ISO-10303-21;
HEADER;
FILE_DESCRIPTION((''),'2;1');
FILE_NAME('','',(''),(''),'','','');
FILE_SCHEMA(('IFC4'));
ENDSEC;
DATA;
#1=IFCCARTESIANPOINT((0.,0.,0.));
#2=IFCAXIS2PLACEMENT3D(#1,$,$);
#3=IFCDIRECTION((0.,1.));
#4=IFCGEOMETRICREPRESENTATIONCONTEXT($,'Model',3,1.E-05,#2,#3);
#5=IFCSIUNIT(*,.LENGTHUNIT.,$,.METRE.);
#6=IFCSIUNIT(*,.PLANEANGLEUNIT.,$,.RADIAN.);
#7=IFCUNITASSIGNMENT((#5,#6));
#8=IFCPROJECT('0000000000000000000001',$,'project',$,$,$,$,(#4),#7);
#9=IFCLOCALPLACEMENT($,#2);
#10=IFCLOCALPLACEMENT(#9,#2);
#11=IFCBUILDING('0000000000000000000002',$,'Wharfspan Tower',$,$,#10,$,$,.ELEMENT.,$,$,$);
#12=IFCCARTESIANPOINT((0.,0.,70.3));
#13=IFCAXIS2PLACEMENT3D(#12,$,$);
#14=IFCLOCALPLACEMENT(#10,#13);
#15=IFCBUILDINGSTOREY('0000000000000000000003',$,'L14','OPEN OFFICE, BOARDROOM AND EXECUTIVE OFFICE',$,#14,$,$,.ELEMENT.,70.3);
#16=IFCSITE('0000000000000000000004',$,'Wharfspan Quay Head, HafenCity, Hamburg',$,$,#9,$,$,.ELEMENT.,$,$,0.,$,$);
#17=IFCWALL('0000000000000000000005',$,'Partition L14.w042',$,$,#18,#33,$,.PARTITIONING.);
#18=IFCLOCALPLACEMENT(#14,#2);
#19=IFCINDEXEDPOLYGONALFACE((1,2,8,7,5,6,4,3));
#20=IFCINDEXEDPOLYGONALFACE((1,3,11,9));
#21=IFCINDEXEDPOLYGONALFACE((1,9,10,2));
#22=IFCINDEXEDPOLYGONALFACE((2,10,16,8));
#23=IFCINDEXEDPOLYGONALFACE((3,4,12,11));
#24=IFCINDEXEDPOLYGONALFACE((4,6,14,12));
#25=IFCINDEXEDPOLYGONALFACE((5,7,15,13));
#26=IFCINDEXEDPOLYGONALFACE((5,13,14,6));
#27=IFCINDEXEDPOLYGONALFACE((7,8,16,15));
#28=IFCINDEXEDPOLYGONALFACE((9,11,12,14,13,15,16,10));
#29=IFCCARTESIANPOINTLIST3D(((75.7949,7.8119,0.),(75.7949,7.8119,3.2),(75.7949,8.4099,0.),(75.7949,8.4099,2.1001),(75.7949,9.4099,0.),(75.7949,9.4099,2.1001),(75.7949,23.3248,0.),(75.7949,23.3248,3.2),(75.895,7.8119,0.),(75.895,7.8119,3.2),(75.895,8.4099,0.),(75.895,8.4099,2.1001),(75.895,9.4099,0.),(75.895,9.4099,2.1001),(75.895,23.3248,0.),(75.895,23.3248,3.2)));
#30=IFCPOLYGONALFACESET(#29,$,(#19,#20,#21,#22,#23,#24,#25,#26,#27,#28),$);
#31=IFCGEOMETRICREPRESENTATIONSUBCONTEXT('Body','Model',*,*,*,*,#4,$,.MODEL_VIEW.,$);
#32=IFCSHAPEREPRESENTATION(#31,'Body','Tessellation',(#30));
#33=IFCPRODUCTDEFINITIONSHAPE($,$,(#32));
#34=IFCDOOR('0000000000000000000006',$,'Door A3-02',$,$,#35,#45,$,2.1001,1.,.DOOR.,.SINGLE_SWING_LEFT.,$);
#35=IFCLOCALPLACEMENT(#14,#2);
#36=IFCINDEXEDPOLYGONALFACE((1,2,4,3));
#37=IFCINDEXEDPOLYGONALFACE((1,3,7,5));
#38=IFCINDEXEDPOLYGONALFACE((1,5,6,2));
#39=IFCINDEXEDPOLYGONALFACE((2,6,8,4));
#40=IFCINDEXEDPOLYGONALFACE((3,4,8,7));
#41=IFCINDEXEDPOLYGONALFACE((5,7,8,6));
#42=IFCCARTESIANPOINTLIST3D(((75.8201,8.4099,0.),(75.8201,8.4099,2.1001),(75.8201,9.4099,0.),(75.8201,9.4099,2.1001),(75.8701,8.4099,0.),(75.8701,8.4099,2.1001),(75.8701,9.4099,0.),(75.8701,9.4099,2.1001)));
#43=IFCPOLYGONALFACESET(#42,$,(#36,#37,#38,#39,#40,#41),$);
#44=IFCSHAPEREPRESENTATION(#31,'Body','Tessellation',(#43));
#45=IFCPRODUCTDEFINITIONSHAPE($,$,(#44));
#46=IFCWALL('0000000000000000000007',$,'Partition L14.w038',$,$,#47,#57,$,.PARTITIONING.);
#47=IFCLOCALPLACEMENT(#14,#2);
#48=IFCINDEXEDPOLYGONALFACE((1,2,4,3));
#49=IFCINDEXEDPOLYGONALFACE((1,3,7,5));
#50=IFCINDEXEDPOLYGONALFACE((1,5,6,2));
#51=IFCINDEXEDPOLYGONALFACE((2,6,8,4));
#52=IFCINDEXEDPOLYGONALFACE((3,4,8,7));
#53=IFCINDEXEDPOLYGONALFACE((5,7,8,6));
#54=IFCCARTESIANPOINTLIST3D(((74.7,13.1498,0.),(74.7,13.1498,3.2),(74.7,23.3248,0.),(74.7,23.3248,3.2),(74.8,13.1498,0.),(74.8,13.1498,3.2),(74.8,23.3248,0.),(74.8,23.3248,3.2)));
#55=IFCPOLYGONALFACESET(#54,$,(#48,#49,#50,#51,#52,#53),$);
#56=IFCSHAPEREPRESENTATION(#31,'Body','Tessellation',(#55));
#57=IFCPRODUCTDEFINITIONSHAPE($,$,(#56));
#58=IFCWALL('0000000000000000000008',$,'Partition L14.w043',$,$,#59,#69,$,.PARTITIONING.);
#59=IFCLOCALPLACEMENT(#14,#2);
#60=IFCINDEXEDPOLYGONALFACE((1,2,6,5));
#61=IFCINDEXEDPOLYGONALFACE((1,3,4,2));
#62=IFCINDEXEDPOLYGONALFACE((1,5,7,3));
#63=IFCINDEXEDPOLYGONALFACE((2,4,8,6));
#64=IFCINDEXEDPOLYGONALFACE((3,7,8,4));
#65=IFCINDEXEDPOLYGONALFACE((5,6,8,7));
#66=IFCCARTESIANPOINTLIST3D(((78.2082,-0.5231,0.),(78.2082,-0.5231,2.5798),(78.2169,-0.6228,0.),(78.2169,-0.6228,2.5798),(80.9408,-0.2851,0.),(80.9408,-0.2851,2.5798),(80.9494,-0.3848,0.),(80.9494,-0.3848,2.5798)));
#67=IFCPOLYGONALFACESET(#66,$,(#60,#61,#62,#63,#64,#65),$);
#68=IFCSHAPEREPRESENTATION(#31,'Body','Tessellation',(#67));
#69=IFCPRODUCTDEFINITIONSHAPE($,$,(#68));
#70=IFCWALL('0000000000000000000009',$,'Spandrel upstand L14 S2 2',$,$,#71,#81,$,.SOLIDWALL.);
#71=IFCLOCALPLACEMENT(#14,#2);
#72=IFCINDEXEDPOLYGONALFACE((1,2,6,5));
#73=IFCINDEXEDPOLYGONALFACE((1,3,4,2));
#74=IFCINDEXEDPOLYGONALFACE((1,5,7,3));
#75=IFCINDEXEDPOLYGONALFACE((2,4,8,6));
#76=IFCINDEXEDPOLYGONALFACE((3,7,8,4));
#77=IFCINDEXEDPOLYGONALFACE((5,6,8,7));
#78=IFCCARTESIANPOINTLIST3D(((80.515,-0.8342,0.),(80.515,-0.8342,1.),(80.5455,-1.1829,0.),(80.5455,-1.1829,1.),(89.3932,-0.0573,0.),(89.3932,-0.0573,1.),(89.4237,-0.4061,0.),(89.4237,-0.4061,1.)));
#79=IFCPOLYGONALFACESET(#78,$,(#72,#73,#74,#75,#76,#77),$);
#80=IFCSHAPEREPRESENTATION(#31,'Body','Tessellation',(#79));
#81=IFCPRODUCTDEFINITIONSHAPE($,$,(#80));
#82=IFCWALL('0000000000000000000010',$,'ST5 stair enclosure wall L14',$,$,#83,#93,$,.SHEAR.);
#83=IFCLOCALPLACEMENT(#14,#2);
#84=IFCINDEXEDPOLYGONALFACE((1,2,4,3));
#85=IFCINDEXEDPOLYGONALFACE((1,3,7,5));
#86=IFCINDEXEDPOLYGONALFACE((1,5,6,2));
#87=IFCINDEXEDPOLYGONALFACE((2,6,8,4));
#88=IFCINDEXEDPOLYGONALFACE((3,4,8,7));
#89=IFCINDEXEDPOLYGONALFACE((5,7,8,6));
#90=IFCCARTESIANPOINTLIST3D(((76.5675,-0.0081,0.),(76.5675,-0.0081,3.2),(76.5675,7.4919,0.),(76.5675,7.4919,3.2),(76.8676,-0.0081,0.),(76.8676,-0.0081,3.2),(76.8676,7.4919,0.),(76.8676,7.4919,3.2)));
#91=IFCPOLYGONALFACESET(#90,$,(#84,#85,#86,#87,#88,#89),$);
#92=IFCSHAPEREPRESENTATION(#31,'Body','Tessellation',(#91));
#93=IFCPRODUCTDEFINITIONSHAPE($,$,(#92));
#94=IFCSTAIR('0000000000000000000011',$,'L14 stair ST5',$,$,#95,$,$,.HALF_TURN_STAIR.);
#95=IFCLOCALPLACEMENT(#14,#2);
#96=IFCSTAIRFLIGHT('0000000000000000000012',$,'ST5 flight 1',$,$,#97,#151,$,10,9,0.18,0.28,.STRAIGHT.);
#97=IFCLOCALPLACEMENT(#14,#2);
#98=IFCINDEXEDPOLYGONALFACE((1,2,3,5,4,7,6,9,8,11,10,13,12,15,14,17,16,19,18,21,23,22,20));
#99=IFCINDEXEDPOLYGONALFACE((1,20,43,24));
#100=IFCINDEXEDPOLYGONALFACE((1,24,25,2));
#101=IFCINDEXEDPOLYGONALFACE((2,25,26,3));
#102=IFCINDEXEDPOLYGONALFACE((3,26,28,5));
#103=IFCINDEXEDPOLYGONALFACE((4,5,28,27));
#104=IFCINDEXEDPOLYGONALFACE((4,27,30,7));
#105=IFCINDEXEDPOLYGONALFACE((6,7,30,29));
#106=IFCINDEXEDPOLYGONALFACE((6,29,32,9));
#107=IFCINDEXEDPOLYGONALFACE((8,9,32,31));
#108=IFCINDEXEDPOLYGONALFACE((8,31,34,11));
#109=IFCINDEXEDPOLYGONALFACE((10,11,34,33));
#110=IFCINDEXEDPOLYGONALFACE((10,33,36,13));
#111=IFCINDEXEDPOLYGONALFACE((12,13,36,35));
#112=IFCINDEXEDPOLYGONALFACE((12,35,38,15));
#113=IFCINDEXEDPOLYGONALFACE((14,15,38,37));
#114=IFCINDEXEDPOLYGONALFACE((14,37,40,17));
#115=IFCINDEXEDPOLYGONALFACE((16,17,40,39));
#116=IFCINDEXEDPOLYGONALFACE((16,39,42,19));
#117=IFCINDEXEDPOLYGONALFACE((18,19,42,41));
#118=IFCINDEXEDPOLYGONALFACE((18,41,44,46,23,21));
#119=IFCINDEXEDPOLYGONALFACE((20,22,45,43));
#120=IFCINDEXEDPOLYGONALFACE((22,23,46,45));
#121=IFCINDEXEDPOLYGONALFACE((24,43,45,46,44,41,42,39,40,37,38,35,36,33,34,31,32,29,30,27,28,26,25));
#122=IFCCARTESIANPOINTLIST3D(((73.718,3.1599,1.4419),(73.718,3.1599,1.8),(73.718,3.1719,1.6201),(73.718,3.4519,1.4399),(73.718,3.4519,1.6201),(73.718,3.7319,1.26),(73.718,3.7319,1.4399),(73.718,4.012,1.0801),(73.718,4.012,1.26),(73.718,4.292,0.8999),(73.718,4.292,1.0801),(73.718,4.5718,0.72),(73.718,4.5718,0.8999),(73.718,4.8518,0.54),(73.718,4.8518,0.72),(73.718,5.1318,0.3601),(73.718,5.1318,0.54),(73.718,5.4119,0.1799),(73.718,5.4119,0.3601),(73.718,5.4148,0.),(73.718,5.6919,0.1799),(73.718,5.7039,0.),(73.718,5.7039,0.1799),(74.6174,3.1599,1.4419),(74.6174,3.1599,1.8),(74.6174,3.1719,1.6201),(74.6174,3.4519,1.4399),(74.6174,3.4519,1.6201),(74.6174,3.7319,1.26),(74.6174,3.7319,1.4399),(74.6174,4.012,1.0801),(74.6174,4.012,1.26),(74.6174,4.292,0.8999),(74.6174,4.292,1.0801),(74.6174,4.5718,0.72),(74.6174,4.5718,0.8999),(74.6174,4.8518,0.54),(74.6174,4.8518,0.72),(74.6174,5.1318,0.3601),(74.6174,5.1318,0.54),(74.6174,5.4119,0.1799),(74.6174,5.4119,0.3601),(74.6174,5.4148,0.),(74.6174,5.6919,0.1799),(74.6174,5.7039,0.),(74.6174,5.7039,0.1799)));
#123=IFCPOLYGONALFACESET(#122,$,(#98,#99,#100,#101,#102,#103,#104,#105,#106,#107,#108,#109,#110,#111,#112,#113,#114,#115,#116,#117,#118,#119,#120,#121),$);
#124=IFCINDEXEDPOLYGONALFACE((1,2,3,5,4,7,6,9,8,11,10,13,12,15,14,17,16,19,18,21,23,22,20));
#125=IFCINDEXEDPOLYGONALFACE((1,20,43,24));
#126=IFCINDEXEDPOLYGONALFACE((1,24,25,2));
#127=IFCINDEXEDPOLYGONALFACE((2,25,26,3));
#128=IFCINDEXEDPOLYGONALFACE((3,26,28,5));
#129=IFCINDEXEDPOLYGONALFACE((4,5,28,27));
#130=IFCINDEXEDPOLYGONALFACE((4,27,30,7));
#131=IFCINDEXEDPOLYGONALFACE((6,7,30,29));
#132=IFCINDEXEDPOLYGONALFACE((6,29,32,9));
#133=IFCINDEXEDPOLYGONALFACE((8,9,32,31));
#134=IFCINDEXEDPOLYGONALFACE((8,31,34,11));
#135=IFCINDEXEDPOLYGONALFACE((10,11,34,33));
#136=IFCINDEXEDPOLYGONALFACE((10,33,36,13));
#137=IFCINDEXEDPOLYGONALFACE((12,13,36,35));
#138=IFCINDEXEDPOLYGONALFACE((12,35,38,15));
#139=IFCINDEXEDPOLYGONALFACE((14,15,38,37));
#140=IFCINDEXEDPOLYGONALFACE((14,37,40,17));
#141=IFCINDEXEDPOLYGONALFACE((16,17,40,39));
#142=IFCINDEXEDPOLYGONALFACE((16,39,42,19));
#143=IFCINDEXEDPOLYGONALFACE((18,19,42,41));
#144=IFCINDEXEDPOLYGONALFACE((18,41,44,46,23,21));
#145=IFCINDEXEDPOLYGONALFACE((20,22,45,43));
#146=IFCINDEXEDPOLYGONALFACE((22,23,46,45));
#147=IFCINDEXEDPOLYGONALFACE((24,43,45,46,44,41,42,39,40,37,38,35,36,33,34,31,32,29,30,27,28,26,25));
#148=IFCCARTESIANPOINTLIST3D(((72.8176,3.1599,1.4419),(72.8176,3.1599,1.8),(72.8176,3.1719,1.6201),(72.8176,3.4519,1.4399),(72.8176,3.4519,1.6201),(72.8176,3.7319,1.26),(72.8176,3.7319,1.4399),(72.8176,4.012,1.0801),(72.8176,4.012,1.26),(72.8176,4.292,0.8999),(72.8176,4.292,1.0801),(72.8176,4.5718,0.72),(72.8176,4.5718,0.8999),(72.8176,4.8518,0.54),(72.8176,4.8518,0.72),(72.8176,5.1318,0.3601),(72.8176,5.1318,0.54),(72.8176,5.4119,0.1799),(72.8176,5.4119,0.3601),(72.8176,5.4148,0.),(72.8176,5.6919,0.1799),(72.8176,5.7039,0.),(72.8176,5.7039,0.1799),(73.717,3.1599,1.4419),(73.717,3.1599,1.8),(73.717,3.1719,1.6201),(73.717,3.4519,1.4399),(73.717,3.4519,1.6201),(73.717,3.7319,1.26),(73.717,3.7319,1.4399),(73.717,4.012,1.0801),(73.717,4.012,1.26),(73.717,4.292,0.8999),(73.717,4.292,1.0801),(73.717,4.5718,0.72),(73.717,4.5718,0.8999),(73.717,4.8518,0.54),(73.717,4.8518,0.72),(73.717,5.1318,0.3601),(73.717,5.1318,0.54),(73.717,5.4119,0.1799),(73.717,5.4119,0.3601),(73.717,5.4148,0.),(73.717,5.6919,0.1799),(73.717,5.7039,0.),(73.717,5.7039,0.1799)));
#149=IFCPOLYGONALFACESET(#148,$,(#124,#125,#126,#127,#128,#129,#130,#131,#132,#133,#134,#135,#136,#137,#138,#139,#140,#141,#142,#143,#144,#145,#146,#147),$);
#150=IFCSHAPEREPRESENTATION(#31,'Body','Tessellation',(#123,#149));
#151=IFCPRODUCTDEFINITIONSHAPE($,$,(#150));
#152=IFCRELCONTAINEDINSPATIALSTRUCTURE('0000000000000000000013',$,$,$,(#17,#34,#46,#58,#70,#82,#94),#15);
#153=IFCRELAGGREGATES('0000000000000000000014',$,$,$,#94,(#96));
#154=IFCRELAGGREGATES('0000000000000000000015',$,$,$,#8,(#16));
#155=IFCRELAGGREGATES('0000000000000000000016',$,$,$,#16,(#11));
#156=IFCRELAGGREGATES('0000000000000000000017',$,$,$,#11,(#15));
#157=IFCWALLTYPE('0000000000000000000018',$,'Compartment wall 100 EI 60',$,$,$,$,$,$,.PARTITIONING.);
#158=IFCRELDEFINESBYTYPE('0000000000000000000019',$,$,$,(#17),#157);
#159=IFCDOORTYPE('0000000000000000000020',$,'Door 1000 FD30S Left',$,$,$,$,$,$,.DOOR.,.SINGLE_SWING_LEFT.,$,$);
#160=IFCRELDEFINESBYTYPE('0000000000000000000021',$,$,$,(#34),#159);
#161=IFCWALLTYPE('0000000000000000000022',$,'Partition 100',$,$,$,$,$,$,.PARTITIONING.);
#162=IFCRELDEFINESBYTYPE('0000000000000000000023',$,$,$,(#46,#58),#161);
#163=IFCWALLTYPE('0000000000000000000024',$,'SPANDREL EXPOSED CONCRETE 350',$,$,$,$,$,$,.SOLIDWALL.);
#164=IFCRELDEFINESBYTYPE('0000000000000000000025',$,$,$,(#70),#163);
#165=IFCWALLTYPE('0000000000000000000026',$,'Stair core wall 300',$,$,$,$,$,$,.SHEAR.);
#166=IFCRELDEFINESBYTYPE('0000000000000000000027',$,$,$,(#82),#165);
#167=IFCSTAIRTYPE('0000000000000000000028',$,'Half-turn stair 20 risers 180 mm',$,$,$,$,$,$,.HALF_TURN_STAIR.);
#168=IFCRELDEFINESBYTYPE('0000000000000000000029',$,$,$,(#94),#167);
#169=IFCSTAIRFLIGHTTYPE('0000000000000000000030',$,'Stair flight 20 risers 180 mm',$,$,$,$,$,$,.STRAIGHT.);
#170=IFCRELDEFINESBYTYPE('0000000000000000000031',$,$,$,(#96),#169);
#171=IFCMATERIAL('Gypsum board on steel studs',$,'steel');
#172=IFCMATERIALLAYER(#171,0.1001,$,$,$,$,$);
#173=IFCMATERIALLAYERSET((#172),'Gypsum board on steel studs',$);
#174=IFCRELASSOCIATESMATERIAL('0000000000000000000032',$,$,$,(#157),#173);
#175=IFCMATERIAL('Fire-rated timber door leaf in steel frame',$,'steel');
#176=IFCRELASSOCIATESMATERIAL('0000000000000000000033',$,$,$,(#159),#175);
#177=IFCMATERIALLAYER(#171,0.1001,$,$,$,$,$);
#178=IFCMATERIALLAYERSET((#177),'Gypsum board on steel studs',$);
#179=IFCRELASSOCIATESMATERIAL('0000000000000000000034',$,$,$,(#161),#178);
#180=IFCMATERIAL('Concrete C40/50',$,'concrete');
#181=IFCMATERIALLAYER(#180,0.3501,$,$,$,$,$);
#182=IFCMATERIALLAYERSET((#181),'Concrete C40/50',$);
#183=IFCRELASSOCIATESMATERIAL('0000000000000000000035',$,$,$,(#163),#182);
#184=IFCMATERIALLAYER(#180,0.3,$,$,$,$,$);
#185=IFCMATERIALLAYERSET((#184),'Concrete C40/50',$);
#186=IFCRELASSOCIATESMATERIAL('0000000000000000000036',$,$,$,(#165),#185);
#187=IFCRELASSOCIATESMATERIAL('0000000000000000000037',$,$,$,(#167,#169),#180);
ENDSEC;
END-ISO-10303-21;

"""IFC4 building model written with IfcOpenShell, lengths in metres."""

from ifc_helpers import new_model, si_unit, direction, frame, frame_2d, origin, place, context, subcontext, project, spatial, polyline, rectangle, outline, extrude, material, layer, layer_set, type_object, element, fill, aggregate, save


model = new_model("IFC4")

# Units and contexts
model_context = context("Model", 3, precision=1e-05, world=origin(), true_north=direction((0.0, 1.0)))
body_context = subcontext(model_context, "Body", "Model", "MODEL_VIEW")
ifc_project = project(units=[si_unit("LENGTHUNIT", "METRE"), si_unit("PLANEANGLEUNIT", "RADIAN")], contexts=[model_context])

# Site, building, storey
site_placement = place(None, origin())
site = spatial("IfcSite", under=ifc_project, at=site_placement, Name="Wharfspan Quay Head, HafenCity, Hamburg", CompositionType="ELEMENT", RefElevation=0.0)
building_placement = place(site_placement, origin())
building = spatial("IfcBuilding", under=site, at=building_placement, Name="Wharfspan Tower", CompositionType="ELEMENT")
storey_placement = place(building_placement, frame((0.0, 0.0, 70.3)))
storey = spatial("IfcBuildingStorey", under=building, at=storey_placement, Name="L14", Description="OPEN OFFICE, BOARDROOM AND EXECUTIVE OFFICE", CompositionType="ELEMENT", Elevation=70.3)

# Shared definitions
ifc_material_1 = material(Name="Gypsum board on steel studs", Category="steel")
ifc_layer_1 = layer(ifc_material_1, 0.1001)
ifc_layer_set_1 = layer_set([ifc_layer_1], Name="Gypsum board on steel studs")
wall_type_1 = type_object("IfcWallType", Name="Compartment wall 100 EI 60", PredefinedType="PARTITIONING", material=ifc_layer_set_1)

# Wall, opening, door
wall_1_placement = place(storey_placement, frame((75.845, 7.812, 0.0), z_axis=(0.0, 0.0, 1.0), x_axis=(0.0, 1.0, 0.0)))
wall_1 = element("IfcWall", 1, at=wall_1_placement, inside=storey, type_object=wall_type_1, Name="Partition L14.w042", PredefinedType="PARTITIONING", context=body_context, shape_type="SweptSolid", body=[
    extrude(rectangle(XDim=15.5129, YDim=0.1001, at=frame_2d((7.7563, 0.0))), origin(), (0.0, 0.0, 1.0), 3.2),
])
opening_placement = place(wall_1_placement, frame((0.5979, 0.0, 0.0)))
opening = element("IfcOpeningElement", 2, at=opening_placement, cuts=wall_1, PredefinedType="OPENING", context=body_context, shape_type="SweptSolid", body=[
    extrude(rectangle(XDim=1.0, YDim=2.1001, at=frame_2d((0.5, 1.05))), frame((0.0, 0.0601, 0.0), z_axis=(0.0, -1.0, 0.0), x_axis=(1.0, 0.0, 0.0)), (0.0, 0.0, 1.0), 0.1201),
])
ifc_material_2 = material(Name="Fire-rated timber door leaf in steel frame", Category="steel")
door_type = type_object("IfcDoorType", Name="Door 1000 FD30S Left", OperationType="SINGLE_SWING_LEFT", PredefinedType="DOOR", material=ifc_material_2)
door_placement = place(opening_placement, origin())
door = element("IfcDoor", 3, at=door_placement, inside=storey, type_object=door_type, Name="Door A3-02", OperationType="SINGLE_SWING_LEFT", OverallHeight=2.1001, OverallWidth=1.0, PredefinedType="DOOR", context=body_context, shape_type="SweptSolid", body=[
    extrude(rectangle(XDim=1.0, YDim=2.1001, at=frame_2d((0.5, 1.05))), frame((0.0, 0.0249, 0.0), z_axis=(0.0, -1.0, 0.0), x_axis=(1.0, 0.0, 0.0)), (0.0, 0.0, 1.0), 0.05),
])
fill(opening, door)

# Walls
ifc_layer_2 = layer(ifc_material_1, 0.1001)
ifc_layer_set_2 = layer_set([ifc_layer_2], Name="Gypsum board on steel studs")
wall_type_2 = type_object("IfcWallType", Name="Partition 100", PredefinedType="PARTITIONING", material=ifc_layer_set_2)
wall_2_placement = place(storey_placement, frame((74.75, 13.1499, 0.0), z_axis=(0.0, 0.0, 1.0), x_axis=(0.0, 1.0, 0.0)))
element("IfcWall", 4, at=wall_2_placement, inside=storey, type_object=wall_type_2, Name="Partition L14.w038", PredefinedType="PARTITIONING", context=body_context, shape_type="SweptSolid", body=[
    extrude(rectangle(XDim=10.175, YDim=0.1001, at=frame_2d((5.0874, 0.0))), origin(), (0.0, 0.0, 1.0), 3.2),
])
wall_3_placement = place(storey_placement, frame((78.2124, -0.573, 0.0), z_axis=(0.0, 0.0, 1.0), x_axis=(0.996224, 0.086779, 0.0)))
element("IfcWall", 5, at=wall_3_placement, inside=storey, type_object=wall_type_2, Name="Partition L14.w043", PredefinedType="PARTITIONING", context=body_context, shape_type="SweptSolid", body=[
    extrude(rectangle(XDim=2.7429, YDim=0.1001, at=frame_2d((1.3716, 0.0))), origin(), (0.0, 0.0, 1.0), 2.5798),
])
ifc_material_3 = material(Name="Concrete C40/50", Category="concrete")
ifc_layer_3 = layer(ifc_material_3, 0.3501)
ifc_layer_set_3 = layer_set([ifc_layer_3], Name="Concrete C40/50")
wall_type_3 = type_object("IfcWallType", Name="SPANDREL EXPOSED CONCRETE 350", PredefinedType="SOLIDWALL", material=ifc_layer_set_3)
wall_4_placement = place(storey_placement, frame((80.5303, -1.0085, 0.0), z_axis=(0.0, 0.0, 1.0), x_axis=(0.996198, 0.087169, 0.0)))
element("IfcWall", 6, at=wall_4_placement, inside=storey, type_object=wall_type_3, Name="Spandrel upstand L14 S2 2", PredefinedType="SOLIDWALL", context=body_context, shape_type="SweptSolid", body=[
    extrude(rectangle(XDim=8.9121, YDim=0.3501, at=frame_2d((4.4561, 0.0))), origin(), (0.0, 0.0, 1.0), 1.0),
])
ifc_layer_4 = layer(ifc_material_3, 0.3)
ifc_layer_set_4 = layer_set([ifc_layer_4], Name="Concrete C40/50")
wall_type_4 = type_object("IfcWallType", Name="Stair core wall 300", PredefinedType="SHEAR", material=ifc_layer_set_4)
wall_5_placement = place(storey_placement, frame((76.7175, -0.0081, 0.0), z_axis=(0.0, 0.0, 1.0), x_axis=(0.0, 1.0, 0.0)))
element("IfcWall", 7, at=wall_5_placement, inside=storey, type_object=wall_type_4, Name="ST5 stair enclosure wall L14", PredefinedType="SHEAR", context=body_context, shape_type="SweptSolid", body=[
    extrude(rectangle(XDim=7.5, YDim=0.3, at=frame_2d((3.75, 0.0))), origin(), (0.0, 0.0, 1.0), 3.2),
])

# Stair, stair flight
stair_type = type_object("IfcStairType", Name="Half-turn stair 20 risers 180 mm", PredefinedType="HALF_TURN_STAIR", material=ifc_material_3)
stair_placement = place(storey_placement, origin())
stair = element("IfcStair", 8, at=stair_placement, inside=storey, type_object=stair_type, Name="L14 stair ST5", PredefinedType="HALF_TURN_STAIR")
stair_flight_type = type_object("IfcStairFlightType", Name="Stair flight 20 risers 180 mm", PredefinedType="STRAIGHT", material=ifc_material_3)
stair_flight_1_placement = place(storey_placement, frame((73.7175, 5.6919, 0.0), z_axis=(0.0, 0.0, 1.0), x_axis=(0.0, -1.0, 0.0)))
stair_flight_1 = element("IfcStairFlight", 9, at=stair_flight_1_placement, type_object=stair_flight_type, Name="ST5 flight 1", NumberOfRisers=10, NumberOfTreads=9, PredefinedType="STRAIGHT", RiserHeight=0.18, TreadLength=0.28, context=body_context, shape_type="SweptSolid", body=[
    extrude(outline(polyline([(-0.012, 0.0), (-0.012, 0.1799), (0.0, 0.1799), (0.28, 0.1799), (0.28, 0.3601), (0.5601, 0.3601), (0.5601, 0.54), (0.8401, 0.54), (0.8401, 0.72), (1.1201, 0.72), (1.1201, 0.8999), (1.3999, 0.8999), (1.3999, 1.0801), (1.6799, 1.0801), (1.6799, 1.26), (1.96, 1.26), (1.96, 1.4399), (2.24, 1.4399), (2.24, 1.6201), (2.52, 1.6201), (2.532, 1.8), (2.532, 1.4419), (0.2771, 0.0), (-0.012, 0.0)])), frame((0.0, 0.8999, 0.0), z_axis=(0.0, -1.0, 0.0), x_axis=(1.0, 0.0, 0.0)), (0.0, 0.0, 1.0), 0.8994),
    extrude(outline(polyline([(-0.012, 0.0), (-0.012, 0.1799), (0.0, 0.1799), (0.28, 0.1799), (0.28, 0.3601), (0.5601, 0.3601), (0.5601, 0.54), (0.8401, 0.54), (0.8401, 0.72), (1.1201, 0.72), (1.1201, 0.8999), (1.3999, 0.8999), (1.3999, 1.0801), (1.6799, 1.0801), (1.6799, 1.26), (1.96, 1.26), (1.96, 1.4399), (2.24, 1.4399), (2.24, 1.6201), (2.52, 1.6201), (2.532, 1.8), (2.532, 1.4419), (0.2771, 0.0), (-0.012, 0.0)])), frame((0.0, -0.0005, 0.0), z_axis=(0.0, -1.0, 0.0), x_axis=(1.0, 0.0, 0.0)), (0.0, 0.0, 1.0), 0.8994),
])
aggregate(stair, [stair_flight_1])

save(model, "model.ifc")
